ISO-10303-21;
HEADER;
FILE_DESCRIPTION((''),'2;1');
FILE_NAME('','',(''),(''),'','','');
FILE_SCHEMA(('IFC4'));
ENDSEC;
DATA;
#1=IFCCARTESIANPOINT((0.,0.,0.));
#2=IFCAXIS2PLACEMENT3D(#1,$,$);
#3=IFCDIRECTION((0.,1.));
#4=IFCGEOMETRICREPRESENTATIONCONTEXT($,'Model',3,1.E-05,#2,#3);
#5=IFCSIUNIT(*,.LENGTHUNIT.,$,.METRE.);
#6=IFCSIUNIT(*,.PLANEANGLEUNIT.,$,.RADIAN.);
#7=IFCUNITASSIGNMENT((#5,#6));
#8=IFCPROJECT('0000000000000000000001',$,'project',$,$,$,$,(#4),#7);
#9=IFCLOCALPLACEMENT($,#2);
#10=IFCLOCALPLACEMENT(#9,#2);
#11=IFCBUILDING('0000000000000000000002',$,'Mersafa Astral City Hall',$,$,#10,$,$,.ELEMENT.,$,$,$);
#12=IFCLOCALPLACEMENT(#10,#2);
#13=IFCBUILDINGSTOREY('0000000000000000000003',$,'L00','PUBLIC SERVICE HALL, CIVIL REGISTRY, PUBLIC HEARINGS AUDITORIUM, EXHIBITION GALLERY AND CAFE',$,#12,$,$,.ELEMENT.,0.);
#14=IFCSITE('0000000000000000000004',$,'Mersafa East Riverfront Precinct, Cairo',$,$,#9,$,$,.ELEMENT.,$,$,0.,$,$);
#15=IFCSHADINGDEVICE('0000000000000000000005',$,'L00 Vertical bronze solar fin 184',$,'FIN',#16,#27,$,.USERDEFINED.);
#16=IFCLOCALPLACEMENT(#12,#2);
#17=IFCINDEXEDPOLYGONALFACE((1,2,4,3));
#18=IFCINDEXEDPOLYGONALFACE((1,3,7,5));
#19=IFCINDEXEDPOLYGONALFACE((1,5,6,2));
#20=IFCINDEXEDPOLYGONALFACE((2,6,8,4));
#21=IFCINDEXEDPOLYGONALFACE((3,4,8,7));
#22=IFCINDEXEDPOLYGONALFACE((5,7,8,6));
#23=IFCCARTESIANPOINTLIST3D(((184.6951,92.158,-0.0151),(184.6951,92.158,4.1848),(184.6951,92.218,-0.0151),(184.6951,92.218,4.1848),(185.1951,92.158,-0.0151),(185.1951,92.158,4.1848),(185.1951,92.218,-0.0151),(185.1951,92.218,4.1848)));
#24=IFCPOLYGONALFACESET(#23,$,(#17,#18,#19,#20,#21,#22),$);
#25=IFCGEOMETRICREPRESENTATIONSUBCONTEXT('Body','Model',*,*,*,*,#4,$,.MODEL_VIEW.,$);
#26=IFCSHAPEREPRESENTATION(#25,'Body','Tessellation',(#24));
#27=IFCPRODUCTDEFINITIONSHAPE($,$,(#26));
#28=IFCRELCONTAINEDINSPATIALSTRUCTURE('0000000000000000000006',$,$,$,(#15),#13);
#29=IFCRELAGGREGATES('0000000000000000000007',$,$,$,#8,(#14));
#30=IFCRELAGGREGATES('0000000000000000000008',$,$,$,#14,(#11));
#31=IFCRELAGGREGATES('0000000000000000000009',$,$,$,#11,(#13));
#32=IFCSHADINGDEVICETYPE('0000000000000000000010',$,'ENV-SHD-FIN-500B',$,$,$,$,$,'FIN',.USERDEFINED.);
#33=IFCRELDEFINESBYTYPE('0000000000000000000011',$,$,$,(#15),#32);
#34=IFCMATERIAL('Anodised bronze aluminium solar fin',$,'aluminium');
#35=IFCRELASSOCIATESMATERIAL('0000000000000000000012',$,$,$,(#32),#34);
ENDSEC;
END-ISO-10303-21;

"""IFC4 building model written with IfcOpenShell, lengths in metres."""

from ifc_helpers import new_model, si_unit, direction, frame, origin, origin_2d, place, context, subcontext, project, spatial, rectangle, extrude, material, type_object, element, save


model = new_model("IFC4")

# Units and contexts
model_context = context("Model", 3, precision=1e-05, world=origin(), true_north=direction((0.0, 1.0)))
body_context = subcontext(model_context, "Body", "Model", "MODEL_VIEW")
ifc_project = project(units=[si_unit("LENGTHUNIT", "METRE"), si_unit("PLANEANGLEUNIT", "RADIAN")], contexts=[model_context])

# Site, building, storey
site_placement = place(None, origin())
site = spatial("IfcSite", under=ifc_project, at=site_placement, Name="Mersafa East Riverfront Precinct, Cairo", CompositionType="ELEMENT", RefElevation=0.0)
building_placement = place(site_placement, origin())
building = spatial("IfcBuilding", under=site, at=building_placement, Name="Mersafa Astral City Hall", CompositionType="ELEMENT")
storey_placement = place(building_placement, origin())
storey = spatial("IfcBuildingStorey", under=building, at=storey_placement, Name="L00", Description="PUBLIC SERVICE HALL, CIVIL REGISTRY, PUBLIC HEARINGS AUDITORIUM, EXHIBITION GALLERY AND CAFE", CompositionType="ELEMENT", Elevation=0.0)

# Shading device
ifc_material_1 = material(Name="Anodised bronze aluminium solar fin", Category="aluminium")
shading_device_type = type_object("IfcShadingDeviceType", Name="ENV-SHD-FIN-500B", ElementType="FIN", PredefinedType="USERDEFINED", material=ifc_material_1)
shading_device_placement = place(storey_placement, frame((184.9451, 92.188, -0.0151), z_axis=(0.0, 0.0, 1.0), x_axis=(0.0, 1.0, 0.0)))
element("IfcShadingDevice", 1, at=shading_device_placement, inside=storey, type_object=shading_device_type, Name="L00 Vertical bronze solar fin 184", ObjectType="FIN", PredefinedType="USERDEFINED", context=body_context, shape_type="SweptSolid", body=[
    extrude(rectangle(XDim=0.0601, YDim=0.5, at=origin_2d()), origin(), (0.0, 0.0, 1.0), 4.2),
])

save(model, "model.ifc")
